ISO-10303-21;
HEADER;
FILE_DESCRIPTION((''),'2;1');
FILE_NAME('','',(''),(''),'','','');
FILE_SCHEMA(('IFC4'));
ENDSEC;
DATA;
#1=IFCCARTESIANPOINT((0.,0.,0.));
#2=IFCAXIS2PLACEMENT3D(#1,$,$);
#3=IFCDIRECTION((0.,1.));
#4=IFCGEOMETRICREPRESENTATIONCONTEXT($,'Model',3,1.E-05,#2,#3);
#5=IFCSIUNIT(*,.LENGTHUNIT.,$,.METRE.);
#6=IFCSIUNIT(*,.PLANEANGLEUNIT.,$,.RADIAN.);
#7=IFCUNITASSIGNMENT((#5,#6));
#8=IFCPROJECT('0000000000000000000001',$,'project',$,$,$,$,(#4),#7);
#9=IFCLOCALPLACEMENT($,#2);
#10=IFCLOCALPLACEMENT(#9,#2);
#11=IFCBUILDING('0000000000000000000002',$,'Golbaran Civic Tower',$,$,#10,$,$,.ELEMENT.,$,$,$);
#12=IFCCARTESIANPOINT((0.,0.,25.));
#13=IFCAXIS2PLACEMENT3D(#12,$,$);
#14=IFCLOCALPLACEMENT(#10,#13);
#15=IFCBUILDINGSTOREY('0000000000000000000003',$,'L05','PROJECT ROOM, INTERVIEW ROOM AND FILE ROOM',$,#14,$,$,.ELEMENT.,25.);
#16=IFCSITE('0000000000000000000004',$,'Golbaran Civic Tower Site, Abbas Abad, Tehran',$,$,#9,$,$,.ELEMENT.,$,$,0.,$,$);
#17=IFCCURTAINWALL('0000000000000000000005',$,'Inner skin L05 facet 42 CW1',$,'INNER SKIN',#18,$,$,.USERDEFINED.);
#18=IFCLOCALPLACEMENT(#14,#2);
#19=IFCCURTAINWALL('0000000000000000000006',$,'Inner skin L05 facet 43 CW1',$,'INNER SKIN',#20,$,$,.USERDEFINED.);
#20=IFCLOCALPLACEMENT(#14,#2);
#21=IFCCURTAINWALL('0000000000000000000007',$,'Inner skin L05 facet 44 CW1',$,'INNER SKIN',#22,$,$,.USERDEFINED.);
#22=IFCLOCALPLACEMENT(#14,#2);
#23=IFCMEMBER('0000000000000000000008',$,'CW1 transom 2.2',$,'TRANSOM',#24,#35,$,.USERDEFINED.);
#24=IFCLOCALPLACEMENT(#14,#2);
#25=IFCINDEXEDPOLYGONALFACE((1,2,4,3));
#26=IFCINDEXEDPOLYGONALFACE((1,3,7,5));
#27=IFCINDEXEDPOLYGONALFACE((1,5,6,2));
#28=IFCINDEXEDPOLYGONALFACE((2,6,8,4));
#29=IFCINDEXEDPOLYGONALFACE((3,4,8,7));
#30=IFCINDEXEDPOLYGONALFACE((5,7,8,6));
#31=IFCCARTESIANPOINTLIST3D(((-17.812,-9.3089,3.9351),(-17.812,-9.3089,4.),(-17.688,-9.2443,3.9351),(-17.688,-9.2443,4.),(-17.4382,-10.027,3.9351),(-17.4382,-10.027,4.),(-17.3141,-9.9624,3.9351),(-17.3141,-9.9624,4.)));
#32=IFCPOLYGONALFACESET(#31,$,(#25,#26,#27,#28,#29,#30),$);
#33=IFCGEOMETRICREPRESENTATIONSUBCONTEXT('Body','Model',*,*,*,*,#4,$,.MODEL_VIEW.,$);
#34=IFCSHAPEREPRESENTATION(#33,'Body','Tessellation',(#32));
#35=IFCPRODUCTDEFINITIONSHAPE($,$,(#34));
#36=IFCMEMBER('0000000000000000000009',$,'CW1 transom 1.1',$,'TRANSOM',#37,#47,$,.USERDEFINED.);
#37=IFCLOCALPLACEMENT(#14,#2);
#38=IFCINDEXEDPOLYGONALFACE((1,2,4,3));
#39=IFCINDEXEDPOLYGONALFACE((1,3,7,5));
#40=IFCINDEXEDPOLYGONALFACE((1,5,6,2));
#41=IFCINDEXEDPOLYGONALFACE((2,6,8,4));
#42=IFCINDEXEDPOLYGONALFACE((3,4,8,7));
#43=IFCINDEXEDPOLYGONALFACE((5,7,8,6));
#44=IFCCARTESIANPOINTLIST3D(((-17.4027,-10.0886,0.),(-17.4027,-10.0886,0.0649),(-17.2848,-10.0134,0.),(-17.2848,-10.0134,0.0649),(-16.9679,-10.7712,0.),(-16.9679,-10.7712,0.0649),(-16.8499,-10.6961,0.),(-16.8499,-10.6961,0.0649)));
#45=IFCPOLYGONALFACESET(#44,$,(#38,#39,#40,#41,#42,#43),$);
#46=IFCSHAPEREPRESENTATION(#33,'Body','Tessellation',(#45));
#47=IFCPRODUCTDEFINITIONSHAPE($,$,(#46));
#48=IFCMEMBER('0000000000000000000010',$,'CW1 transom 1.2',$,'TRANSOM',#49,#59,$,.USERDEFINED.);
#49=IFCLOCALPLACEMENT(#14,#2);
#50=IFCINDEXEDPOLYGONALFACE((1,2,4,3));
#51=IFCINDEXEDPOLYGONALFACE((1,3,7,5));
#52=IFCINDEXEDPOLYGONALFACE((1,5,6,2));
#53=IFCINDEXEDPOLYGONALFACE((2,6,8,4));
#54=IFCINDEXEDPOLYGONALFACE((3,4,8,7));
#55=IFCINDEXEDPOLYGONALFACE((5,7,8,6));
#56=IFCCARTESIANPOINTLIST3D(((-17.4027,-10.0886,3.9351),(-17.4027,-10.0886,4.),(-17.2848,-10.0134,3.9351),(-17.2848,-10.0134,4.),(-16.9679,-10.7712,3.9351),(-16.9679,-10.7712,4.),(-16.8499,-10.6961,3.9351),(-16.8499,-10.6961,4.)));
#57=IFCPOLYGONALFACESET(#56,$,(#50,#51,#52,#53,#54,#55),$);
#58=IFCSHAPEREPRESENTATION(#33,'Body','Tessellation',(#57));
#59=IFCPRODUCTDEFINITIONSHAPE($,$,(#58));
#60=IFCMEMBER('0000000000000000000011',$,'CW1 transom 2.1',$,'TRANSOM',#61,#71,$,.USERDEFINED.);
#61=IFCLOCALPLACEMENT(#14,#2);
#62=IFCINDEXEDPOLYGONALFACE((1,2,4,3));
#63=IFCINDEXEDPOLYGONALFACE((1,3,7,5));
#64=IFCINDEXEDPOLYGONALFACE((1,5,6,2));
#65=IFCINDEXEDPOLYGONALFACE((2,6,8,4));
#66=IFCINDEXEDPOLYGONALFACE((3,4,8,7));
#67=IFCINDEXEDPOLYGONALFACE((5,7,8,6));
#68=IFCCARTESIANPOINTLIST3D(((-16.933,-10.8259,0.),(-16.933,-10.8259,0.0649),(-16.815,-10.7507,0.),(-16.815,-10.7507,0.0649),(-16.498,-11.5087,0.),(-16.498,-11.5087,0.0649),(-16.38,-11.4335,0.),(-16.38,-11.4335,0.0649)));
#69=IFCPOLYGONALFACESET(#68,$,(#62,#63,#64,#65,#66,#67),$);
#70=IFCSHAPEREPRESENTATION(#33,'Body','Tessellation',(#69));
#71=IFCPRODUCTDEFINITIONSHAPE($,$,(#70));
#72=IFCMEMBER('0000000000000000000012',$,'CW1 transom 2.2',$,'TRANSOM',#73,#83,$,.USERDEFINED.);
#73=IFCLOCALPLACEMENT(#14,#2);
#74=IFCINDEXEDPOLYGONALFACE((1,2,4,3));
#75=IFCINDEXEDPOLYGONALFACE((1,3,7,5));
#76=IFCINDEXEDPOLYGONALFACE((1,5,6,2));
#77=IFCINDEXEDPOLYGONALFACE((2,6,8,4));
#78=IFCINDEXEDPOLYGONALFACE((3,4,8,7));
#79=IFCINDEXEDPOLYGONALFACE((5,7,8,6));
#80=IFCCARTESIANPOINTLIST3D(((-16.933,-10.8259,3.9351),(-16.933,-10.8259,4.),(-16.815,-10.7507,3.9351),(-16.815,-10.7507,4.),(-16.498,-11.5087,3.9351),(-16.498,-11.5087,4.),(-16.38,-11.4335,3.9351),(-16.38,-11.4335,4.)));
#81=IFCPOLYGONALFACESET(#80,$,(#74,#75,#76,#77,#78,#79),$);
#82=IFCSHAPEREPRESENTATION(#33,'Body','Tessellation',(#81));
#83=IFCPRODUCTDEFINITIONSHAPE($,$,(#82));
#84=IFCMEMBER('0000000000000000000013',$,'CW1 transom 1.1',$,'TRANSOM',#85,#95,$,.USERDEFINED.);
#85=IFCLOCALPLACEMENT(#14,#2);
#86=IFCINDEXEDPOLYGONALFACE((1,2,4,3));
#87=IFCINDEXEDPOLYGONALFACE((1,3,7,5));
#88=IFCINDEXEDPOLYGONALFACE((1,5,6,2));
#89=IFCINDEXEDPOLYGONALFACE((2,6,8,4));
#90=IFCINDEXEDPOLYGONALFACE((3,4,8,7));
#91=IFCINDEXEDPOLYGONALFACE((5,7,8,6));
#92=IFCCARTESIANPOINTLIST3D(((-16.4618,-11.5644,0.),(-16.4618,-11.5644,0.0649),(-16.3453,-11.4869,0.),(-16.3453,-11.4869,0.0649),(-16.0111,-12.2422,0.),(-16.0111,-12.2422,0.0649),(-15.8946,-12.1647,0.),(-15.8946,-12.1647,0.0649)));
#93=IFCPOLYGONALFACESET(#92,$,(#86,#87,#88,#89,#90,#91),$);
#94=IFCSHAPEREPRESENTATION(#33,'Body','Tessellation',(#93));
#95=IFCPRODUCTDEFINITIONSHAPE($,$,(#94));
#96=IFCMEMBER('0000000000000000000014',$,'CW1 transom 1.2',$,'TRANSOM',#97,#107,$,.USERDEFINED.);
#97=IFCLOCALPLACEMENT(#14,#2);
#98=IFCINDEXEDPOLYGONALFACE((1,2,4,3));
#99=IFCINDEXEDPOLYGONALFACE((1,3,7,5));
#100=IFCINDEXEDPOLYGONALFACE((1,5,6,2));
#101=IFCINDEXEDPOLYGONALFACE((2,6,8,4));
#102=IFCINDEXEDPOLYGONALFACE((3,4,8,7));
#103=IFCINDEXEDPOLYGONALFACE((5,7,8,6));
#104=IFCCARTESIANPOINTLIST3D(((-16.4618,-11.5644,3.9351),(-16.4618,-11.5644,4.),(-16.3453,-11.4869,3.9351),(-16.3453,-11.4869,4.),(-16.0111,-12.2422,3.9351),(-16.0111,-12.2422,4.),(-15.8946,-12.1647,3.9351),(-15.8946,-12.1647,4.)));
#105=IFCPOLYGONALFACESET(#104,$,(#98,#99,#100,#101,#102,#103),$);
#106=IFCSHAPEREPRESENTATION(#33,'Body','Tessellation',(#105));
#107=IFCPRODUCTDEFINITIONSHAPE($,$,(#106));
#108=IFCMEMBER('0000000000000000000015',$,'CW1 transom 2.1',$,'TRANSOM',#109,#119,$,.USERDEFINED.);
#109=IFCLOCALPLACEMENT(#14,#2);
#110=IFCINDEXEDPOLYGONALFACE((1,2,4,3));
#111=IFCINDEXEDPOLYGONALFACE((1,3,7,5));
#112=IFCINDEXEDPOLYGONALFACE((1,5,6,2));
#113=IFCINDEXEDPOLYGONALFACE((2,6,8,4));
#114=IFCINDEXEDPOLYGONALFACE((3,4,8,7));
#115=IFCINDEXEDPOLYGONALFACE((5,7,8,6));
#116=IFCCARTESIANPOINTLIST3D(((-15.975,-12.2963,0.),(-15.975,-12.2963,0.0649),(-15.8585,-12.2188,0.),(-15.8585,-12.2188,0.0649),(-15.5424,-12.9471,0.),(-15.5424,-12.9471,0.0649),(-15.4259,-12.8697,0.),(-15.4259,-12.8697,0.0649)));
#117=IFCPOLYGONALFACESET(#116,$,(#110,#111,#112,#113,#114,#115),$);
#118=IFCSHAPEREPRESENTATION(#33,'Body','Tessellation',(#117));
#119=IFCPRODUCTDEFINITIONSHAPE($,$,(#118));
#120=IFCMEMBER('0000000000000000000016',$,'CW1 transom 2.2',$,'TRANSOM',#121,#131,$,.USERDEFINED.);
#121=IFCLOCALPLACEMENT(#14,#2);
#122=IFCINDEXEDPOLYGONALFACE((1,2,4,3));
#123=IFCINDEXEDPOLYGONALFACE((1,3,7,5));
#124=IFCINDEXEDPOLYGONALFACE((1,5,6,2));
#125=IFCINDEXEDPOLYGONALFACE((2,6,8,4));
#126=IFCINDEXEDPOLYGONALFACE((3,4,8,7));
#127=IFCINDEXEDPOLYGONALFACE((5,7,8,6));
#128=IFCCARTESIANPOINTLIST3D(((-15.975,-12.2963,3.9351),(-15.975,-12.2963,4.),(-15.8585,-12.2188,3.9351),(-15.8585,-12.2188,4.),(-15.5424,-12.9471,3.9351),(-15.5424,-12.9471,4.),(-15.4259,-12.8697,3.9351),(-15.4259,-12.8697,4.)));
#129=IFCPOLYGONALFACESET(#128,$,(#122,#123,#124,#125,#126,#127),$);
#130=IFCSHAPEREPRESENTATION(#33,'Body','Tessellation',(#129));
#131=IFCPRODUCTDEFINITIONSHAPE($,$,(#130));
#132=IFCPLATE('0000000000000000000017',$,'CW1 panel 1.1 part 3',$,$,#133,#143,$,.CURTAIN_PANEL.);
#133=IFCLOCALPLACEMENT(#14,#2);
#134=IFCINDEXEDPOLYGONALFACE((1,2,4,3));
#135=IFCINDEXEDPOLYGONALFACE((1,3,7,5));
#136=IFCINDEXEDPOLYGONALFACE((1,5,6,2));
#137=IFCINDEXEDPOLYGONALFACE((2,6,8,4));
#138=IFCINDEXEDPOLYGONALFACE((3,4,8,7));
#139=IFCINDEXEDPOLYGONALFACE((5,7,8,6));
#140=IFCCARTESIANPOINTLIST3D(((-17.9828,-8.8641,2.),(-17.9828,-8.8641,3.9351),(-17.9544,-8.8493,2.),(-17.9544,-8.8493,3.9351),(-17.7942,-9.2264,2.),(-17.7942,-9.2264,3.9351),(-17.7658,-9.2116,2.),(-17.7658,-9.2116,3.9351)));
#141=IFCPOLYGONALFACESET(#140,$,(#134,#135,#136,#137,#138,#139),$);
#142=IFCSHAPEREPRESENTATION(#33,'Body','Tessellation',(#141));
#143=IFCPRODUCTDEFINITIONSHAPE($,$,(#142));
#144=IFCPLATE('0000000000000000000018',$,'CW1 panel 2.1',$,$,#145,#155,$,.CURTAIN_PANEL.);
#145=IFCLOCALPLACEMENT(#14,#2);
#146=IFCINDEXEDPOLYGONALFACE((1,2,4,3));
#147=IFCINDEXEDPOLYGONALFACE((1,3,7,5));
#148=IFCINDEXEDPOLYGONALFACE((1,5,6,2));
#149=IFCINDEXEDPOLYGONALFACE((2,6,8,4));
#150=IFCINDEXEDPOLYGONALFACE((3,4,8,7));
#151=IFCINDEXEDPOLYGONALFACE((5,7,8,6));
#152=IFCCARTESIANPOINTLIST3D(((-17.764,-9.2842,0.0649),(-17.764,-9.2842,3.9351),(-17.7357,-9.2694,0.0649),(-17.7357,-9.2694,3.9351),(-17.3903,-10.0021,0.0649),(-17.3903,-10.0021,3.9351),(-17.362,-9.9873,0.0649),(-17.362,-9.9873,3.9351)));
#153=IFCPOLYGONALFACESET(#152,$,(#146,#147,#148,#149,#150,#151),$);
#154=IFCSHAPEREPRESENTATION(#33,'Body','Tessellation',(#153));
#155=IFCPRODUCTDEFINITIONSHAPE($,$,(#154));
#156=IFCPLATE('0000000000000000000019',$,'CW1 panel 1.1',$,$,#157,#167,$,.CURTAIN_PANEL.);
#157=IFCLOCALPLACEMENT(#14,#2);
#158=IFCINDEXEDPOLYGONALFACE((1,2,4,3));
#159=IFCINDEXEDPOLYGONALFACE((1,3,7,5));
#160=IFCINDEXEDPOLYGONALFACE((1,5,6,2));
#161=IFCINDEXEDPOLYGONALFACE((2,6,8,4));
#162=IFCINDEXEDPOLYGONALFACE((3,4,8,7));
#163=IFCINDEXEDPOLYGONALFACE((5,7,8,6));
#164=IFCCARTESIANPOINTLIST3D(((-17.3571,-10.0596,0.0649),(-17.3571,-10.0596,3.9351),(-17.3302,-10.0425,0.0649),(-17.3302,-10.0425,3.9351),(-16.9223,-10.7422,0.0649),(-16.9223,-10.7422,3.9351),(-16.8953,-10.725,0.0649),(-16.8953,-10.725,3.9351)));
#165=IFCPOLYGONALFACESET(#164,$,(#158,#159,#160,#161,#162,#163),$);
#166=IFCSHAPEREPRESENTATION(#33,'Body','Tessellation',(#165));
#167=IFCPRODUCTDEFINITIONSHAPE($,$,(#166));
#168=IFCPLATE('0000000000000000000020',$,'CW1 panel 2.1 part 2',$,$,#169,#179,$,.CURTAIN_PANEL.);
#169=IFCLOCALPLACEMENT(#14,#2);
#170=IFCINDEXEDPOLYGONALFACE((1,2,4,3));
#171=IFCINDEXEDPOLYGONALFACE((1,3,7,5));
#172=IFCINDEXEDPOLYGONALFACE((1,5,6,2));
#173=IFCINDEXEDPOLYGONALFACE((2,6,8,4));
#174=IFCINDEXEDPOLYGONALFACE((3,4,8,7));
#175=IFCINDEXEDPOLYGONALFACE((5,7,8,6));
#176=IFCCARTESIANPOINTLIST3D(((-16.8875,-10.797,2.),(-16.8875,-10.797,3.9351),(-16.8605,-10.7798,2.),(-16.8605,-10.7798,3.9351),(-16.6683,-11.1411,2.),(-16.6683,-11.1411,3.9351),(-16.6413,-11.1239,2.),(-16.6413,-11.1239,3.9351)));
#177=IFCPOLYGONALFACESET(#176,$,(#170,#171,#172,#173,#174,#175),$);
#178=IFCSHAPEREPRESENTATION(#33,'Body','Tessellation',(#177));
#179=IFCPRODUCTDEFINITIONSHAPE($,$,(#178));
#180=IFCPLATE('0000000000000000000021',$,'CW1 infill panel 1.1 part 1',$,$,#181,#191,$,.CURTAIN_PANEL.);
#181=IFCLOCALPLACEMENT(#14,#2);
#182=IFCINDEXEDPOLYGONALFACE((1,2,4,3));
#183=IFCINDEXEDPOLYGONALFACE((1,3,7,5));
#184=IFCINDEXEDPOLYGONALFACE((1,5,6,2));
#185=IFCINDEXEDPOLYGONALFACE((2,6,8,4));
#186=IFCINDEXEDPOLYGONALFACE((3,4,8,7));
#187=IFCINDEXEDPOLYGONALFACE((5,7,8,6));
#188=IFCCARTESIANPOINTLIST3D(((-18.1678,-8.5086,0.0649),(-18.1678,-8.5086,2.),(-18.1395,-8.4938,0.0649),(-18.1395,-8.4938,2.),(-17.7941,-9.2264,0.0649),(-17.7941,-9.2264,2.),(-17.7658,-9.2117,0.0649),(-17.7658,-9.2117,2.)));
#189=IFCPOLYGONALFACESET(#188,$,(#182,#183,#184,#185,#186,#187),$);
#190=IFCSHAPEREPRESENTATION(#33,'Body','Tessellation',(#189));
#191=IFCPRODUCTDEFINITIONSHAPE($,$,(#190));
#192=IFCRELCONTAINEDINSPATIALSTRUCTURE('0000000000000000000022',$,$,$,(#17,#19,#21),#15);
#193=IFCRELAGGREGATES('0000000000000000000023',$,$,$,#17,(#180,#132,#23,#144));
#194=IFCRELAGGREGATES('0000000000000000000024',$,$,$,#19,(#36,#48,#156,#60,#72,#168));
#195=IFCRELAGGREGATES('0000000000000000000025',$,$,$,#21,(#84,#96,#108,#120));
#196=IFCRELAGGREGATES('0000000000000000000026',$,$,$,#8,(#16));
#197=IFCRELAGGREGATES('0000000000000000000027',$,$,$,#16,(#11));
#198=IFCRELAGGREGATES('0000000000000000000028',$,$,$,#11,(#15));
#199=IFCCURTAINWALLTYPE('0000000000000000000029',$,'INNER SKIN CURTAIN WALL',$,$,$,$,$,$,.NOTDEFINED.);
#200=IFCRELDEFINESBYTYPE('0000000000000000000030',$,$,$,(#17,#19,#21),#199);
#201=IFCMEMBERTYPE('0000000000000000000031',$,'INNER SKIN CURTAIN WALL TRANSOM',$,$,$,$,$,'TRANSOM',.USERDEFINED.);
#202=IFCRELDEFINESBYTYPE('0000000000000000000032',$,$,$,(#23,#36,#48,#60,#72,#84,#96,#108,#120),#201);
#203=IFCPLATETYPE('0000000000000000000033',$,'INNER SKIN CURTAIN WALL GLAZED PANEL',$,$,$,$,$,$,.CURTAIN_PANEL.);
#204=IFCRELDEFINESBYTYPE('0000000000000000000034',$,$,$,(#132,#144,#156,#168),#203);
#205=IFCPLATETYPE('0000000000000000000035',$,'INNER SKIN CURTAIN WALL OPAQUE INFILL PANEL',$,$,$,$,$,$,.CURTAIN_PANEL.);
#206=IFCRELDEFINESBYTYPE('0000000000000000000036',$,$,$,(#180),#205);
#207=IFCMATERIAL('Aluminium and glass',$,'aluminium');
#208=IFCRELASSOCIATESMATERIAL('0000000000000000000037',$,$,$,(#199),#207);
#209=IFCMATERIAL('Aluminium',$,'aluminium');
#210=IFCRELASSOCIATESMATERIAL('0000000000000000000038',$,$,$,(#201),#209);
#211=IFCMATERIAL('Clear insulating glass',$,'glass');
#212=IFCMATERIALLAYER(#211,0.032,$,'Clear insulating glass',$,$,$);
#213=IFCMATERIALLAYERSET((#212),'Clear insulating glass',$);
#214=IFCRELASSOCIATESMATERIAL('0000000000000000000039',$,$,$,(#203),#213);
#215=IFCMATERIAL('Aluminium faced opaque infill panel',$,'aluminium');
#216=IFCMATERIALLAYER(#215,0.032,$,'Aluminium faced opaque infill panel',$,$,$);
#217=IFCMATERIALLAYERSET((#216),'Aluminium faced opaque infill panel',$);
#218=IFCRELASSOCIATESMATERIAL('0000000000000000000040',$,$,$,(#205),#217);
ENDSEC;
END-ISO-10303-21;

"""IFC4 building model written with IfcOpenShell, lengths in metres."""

from ifc_helpers import new_model, si_unit, direction, frame, origin, origin_2d, place, context, subcontext, project, spatial, rectangle, extrude, material, layer, layer_set, material_profile, profile_set, type_object, element, aggregate, save


model = new_model("IFC4")

# Units and contexts
model_context = context("Model", 3, precision=1e-05, world=origin(), true_north=direction((0.0, 1.0)))
body_context = subcontext(model_context, "Body", "Model", "MODEL_VIEW")
ifc_project = project(units=[si_unit("LENGTHUNIT", "METRE"), si_unit("PLANEANGLEUNIT", "RADIAN")], contexts=[model_context])

# Site, building, storey
site_placement = place(None, origin())
site = spatial("IfcSite", under=ifc_project, at=site_placement, Name="Golbaran Civic Tower Site, Abbas Abad, Tehran", CompositionType="ELEMENT", RefElevation=0.0)
building_placement = place(site_placement, origin())
building = spatial("IfcBuilding", under=site, at=building_placement, Name="Golbaran Civic Tower", CompositionType="ELEMENT")
storey_placement = place(building_placement, frame((0.0, 0.0, 25.0)))
storey = spatial("IfcBuildingStorey", under=building, at=storey_placement, Name="L05", Description="PROJECT ROOM, INTERVIEW ROOM AND FILE ROOM", CompositionType="ELEMENT", Elevation=25.0)

# Curtain walls
ifc_material_1 = material(Name="Aluminium and glass", Category="aluminium")
curtain_wall_type = type_object("IfcCurtainWallType", Name="INNER SKIN CURTAIN WALL", PredefinedType="NOTDEFINED", material=ifc_material_1)
curtain_wall_1_placement = place(storey_placement, origin())
curtain_wall_1 = element("IfcCurtainWall", 1, at=curtain_wall_1_placement, inside=storey, type_object=curtain_wall_type, Name="Inner skin L05 facet 42 CW1", ObjectType="INNER SKIN", PredefinedType="USERDEFINED")
ifc_material_2 = material(Name="Aluminium", Category="aluminium")
curtain_wall_2_placement = place(storey_placement, origin())
curtain_wall_2 = element("IfcCurtainWall", 2, at=curtain_wall_2_placement, inside=storey, type_object=curtain_wall_type, Name="Inner skin L05 facet 43 CW1", ObjectType="INNER SKIN", PredefinedType="USERDEFINED")

# Curtain wall
curtain_wall_3_placement = place(storey_placement, origin())
curtain_wall_3 = element("IfcCurtainWall", 3, at=curtain_wall_3_placement, inside=storey, type_object=curtain_wall_type, Name="Inner skin L05 facet 44 CW1", ObjectType="INNER SKIN", PredefinedType="USERDEFINED")

# Members
ifc_material_profile_1 = material_profile(ifc_material_2, rectangle(XDim=0.1399, YDim=0.0649, at=origin_2d()), Name="INNER SKIN CURTAIN WALL TRANSOM")
ifc_profile_set_1 = profile_set([ifc_material_profile_1], Name="Aluminium")
member_type_1 = type_object("IfcMemberType", Name="INNER SKIN CURTAIN WALL TRANSOM", ElementType="TRANSOM", PredefinedType="USERDEFINED", material=ifc_profile_set_1)
member_1_placement = place(storey_placement, frame((-17.75, -9.2766, 3.9675), z_axis=(0.461752, -0.887009, 0.0), x_axis=(0.887009, 0.461752, 0.0)))
member_1 = element("IfcMember", 4, at=member_1_placement, type_object=member_type_1, Name="CW1 transom 2.2", ObjectType="TRANSOM", PredefinedType="USERDEFINED", context=body_context, shape_type="SweptSolid", body=[
    extrude(rectangle(XDim=0.1399, YDim=0.0649, at=origin_2d()), origin(), (0.0, 0.0, 1.0), 0.8096),
])
member_2_placement = place(storey_placement, frame((-17.3438, -10.051, 0.0325), z_axis=(0.537246, -0.843425, 0.0), x_axis=(0.843425, 0.537246, 0.0)))
member_2 = element("IfcMember", 5, at=member_2_placement, type_object=member_type_1, Name="CW1 transom 1.1", ObjectType="TRANSOM", PredefinedType="USERDEFINED", context=body_context, shape_type="SweptSolid", body=[
    extrude(rectangle(XDim=0.1399, YDim=0.0649, at=origin_2d()), origin(), (0.0, 0.0, 1.0), 0.8093),
])
member_3_placement = place(storey_placement, frame((-17.3438, -10.051, 3.9675), z_axis=(0.537246, -0.843425, 0.0), x_axis=(0.843425, 0.537246, 0.0)))
member_3 = element("IfcMember", 6, at=member_3_placement, type_object=member_type_1, Name="CW1 transom 1.2", ObjectType="TRANSOM", PredefinedType="USERDEFINED", context=body_context, shape_type="SweptSolid", body=[
    extrude(rectangle(XDim=0.1399, YDim=0.0649, at=origin_2d()), origin(), (0.0, 0.0, 1.0), 0.8093),
])
member_4_placement = place(storey_placement, frame((-16.874, -10.7883, 0.0325), z_axis=(0.537324, -0.843376, 0.0), x_axis=(0.843376, 0.537324, 0.0)))
member_4 = element("IfcMember", 7, at=member_4_placement, type_object=member_type_1, Name="CW1 transom 2.1", ObjectType="TRANSOM", PredefinedType="USERDEFINED", context=body_context, shape_type="SweptSolid", body=[
    extrude(rectangle(XDim=0.1399, YDim=0.0649, at=origin_2d()), origin(), (0.0, 0.0, 1.0), 0.8096),
])
member_5_placement = place(storey_placement, frame((-16.874, -10.7883, 3.9675), z_axis=(0.537324, -0.843376, 0.0), x_axis=(0.843376, 0.537324, 0.0)))
member_5 = element("IfcMember", 8, at=member_5_placement, type_object=member_type_1, Name="CW1 transom 2.2", ObjectType="TRANSOM", PredefinedType="USERDEFINED", context=body_context, shape_type="SweptSolid", body=[
    extrude(rectangle(XDim=0.1399, YDim=0.0649, at=origin_2d()), origin(), (0.0, 0.0, 1.0), 0.8096),
])
member_6_placement = place(storey_placement, frame((-16.4036, -11.5256, 0.0325), z_axis=(0.553731, -0.832696, 0.0), x_axis=(0.832696, 0.553731, 0.0)))
member_6 = element("IfcMember", 9, at=member_6_placement, type_object=member_type_1, Name="CW1 transom 1.1", ObjectType="TRANSOM", PredefinedType="USERDEFINED", context=body_context, shape_type="SweptSolid", body=[
    extrude(rectangle(XDim=0.1399, YDim=0.0649, at=origin_2d()), origin(), (0.0, 0.0, 1.0), 0.814),
])
member_7_placement = place(storey_placement, frame((-16.4036, -11.5256, 3.9675), z_axis=(0.553731, -0.832696, 0.0), x_axis=(0.832696, 0.553731, 0.0)))
member_7 = element("IfcMember", 10, at=member_7_placement, type_object=member_type_1, Name="CW1 transom 1.2", ObjectType="TRANSOM", PredefinedType="USERDEFINED", context=body_context, shape_type="SweptSolid", body=[
    extrude(rectangle(XDim=0.1399, YDim=0.0649, at=origin_2d()), origin(), (0.0, 0.0, 1.0), 0.814),
])
member_8_placement = place(storey_placement, frame((-15.9167, -12.2576, 0.0325), z_axis=(0.553546, -0.832818, 0.0), x_axis=(0.832818, 0.553546, 0.0)))
member_8 = element("IfcMember", 11, at=member_8_placement, type_object=member_type_1, Name="CW1 transom 2.1", ObjectType="TRANSOM", PredefinedType="USERDEFINED", context=body_context, shape_type="SweptSolid", body=[
    extrude(rectangle(XDim=0.1399, YDim=0.0649, at=origin_2d()), origin(), (0.0, 0.0, 1.0), 0.7815),
])
member_9_placement = place(storey_placement, frame((-15.9167, -12.2576, 3.9675), z_axis=(0.553546, -0.832818, 0.0), x_axis=(0.832818, 0.553546, 0.0)))
member_9 = element("IfcMember", 12, at=member_9_placement, type_object=member_type_1, Name="CW1 transom 2.2", ObjectType="TRANSOM", PredefinedType="USERDEFINED", context=body_context, shape_type="SweptSolid", body=[
    extrude(rectangle(XDim=0.1399, YDim=0.0649, at=origin_2d()), origin(), (0.0, 0.0, 1.0), 0.7815),
])

# Plates
ifc_material_3 = material(Name="Clear insulating glass", Category="glass")
ifc_layer_1 = layer(ifc_material_3, 0.032, Name="Clear insulating glass")
ifc_layer_set_1 = layer_set([ifc_layer_1], Name="Clear insulating glass")
plate_type_1 = type_object("IfcPlateType", Name="INNER SKIN CURTAIN WALL GLAZED PANEL", PredefinedType="CURTAIN_PANEL", material=ifc_layer_set_1)
plate_1_placement = place(storey_placement, frame((-17.8743, -9.0378, 2.0), z_axis=(0.0, 0.0, 1.0), x_axis=(0.461749, -0.887011, 0.0)))
plate_1 = element("IfcPlate", 13, at=plate_1_placement, type_object=plate_type_1, Name="CW1 panel 1.1 part 3", PredefinedType="CURTAIN_PANEL", context=body_context, shape_type="SweptSolid", body=[
    extrude(rectangle(XDim=0.4084, YDim=0.032, at=origin_2d()), origin(), (0.0, 0.0, 1.0), 1.9351),
])
plate_2_placement = place(storey_placement, frame((-17.563, -9.6357, 0.0649), z_axis=(0.0, 0.0, 1.0), x_axis=(0.461749, -0.887011, 0.0)))
plate_2 = element("IfcPlate", 14, at=plate_2_placement, type_object=plate_type_1, Name="CW1 panel 2.1", PredefinedType="CURTAIN_PANEL", context=body_context, shape_type="SweptSolid", body=[
    extrude(rectangle(XDim=0.8093, YDim=0.032, at=origin_2d()), origin(), (0.0, 0.0, 1.0), 3.8701),
])
plate_3_placement = place(storey_placement, frame((-17.1262, -10.3923, 0.0649), z_axis=(0.0, 0.0, 1.0), x_axis=(0.5373, -0.843391, 0.0)))
plate_3 = element("IfcPlate", 15, at=plate_3_placement, type_object=plate_type_1, Name="CW1 panel 1.1", PredefinedType="CURTAIN_PANEL", context=body_context, shape_type="SweptSolid", body=[
    extrude(rectangle(XDim=0.8093, YDim=0.032, at=origin_2d()), origin(), (0.0, 0.0, 1.0), 3.8701),
])
plate_4_placement = place(storey_placement, frame((-16.7644, -10.9604, 2.0), z_axis=(0.0, 0.0, 1.0), x_axis=(0.5373, -0.843391, 0.0)))
plate_4 = element("IfcPlate", 16, at=plate_4_placement, type_object=plate_type_1, Name="CW1 panel 2.1 part 2", PredefinedType="CURTAIN_PANEL", context=body_context, shape_type="SweptSolid", body=[
    extrude(rectangle(XDim=0.408, YDim=0.032, at=origin_2d()), origin(), (0.0, 0.0, 1.0), 1.9351),
])
ifc_material_4 = material(Name="Aluminium faced opaque infill panel", Category="aluminium")
ifc_layer_2 = layer(ifc_material_4, 0.032, Name="Aluminium faced opaque infill panel")
ifc_layer_set_2 = layer_set([ifc_layer_2], Name="Aluminium faced opaque infill panel")
plate_type_2 = type_object("IfcPlateType", Name="INNER SKIN CURTAIN WALL OPAQUE INFILL PANEL", PredefinedType="CURTAIN_PANEL", material=ifc_layer_set_2)
plate_5_placement = place(storey_placement, frame((-17.9668, -8.8601, 0.0649), z_axis=(0.0, 0.0, 1.0), x_axis=(0.461749, -0.887011, 0.0)))
plate_5 = element("IfcPlate", 17, at=plate_5_placement, type_object=plate_type_2, Name="CW1 infill panel 1.1 part 1", PredefinedType="CURTAIN_PANEL", context=body_context, shape_type="SweptSolid", body=[
    extrude(rectangle(XDim=0.8093, YDim=0.032, at=origin_2d()), origin(), (0.0, 0.0, 1.0), 1.9351),
])
aggregate(curtain_wall_1, [plate_5, plate_1, member_1, plate_2])
aggregate(curtain_wall_2, [member_2, member_3, plate_3, member_4, member_5, plate_4])
aggregate(curtain_wall_3, [member_6, member_7, member_8, member_9])

save(model, "model.ifc")
